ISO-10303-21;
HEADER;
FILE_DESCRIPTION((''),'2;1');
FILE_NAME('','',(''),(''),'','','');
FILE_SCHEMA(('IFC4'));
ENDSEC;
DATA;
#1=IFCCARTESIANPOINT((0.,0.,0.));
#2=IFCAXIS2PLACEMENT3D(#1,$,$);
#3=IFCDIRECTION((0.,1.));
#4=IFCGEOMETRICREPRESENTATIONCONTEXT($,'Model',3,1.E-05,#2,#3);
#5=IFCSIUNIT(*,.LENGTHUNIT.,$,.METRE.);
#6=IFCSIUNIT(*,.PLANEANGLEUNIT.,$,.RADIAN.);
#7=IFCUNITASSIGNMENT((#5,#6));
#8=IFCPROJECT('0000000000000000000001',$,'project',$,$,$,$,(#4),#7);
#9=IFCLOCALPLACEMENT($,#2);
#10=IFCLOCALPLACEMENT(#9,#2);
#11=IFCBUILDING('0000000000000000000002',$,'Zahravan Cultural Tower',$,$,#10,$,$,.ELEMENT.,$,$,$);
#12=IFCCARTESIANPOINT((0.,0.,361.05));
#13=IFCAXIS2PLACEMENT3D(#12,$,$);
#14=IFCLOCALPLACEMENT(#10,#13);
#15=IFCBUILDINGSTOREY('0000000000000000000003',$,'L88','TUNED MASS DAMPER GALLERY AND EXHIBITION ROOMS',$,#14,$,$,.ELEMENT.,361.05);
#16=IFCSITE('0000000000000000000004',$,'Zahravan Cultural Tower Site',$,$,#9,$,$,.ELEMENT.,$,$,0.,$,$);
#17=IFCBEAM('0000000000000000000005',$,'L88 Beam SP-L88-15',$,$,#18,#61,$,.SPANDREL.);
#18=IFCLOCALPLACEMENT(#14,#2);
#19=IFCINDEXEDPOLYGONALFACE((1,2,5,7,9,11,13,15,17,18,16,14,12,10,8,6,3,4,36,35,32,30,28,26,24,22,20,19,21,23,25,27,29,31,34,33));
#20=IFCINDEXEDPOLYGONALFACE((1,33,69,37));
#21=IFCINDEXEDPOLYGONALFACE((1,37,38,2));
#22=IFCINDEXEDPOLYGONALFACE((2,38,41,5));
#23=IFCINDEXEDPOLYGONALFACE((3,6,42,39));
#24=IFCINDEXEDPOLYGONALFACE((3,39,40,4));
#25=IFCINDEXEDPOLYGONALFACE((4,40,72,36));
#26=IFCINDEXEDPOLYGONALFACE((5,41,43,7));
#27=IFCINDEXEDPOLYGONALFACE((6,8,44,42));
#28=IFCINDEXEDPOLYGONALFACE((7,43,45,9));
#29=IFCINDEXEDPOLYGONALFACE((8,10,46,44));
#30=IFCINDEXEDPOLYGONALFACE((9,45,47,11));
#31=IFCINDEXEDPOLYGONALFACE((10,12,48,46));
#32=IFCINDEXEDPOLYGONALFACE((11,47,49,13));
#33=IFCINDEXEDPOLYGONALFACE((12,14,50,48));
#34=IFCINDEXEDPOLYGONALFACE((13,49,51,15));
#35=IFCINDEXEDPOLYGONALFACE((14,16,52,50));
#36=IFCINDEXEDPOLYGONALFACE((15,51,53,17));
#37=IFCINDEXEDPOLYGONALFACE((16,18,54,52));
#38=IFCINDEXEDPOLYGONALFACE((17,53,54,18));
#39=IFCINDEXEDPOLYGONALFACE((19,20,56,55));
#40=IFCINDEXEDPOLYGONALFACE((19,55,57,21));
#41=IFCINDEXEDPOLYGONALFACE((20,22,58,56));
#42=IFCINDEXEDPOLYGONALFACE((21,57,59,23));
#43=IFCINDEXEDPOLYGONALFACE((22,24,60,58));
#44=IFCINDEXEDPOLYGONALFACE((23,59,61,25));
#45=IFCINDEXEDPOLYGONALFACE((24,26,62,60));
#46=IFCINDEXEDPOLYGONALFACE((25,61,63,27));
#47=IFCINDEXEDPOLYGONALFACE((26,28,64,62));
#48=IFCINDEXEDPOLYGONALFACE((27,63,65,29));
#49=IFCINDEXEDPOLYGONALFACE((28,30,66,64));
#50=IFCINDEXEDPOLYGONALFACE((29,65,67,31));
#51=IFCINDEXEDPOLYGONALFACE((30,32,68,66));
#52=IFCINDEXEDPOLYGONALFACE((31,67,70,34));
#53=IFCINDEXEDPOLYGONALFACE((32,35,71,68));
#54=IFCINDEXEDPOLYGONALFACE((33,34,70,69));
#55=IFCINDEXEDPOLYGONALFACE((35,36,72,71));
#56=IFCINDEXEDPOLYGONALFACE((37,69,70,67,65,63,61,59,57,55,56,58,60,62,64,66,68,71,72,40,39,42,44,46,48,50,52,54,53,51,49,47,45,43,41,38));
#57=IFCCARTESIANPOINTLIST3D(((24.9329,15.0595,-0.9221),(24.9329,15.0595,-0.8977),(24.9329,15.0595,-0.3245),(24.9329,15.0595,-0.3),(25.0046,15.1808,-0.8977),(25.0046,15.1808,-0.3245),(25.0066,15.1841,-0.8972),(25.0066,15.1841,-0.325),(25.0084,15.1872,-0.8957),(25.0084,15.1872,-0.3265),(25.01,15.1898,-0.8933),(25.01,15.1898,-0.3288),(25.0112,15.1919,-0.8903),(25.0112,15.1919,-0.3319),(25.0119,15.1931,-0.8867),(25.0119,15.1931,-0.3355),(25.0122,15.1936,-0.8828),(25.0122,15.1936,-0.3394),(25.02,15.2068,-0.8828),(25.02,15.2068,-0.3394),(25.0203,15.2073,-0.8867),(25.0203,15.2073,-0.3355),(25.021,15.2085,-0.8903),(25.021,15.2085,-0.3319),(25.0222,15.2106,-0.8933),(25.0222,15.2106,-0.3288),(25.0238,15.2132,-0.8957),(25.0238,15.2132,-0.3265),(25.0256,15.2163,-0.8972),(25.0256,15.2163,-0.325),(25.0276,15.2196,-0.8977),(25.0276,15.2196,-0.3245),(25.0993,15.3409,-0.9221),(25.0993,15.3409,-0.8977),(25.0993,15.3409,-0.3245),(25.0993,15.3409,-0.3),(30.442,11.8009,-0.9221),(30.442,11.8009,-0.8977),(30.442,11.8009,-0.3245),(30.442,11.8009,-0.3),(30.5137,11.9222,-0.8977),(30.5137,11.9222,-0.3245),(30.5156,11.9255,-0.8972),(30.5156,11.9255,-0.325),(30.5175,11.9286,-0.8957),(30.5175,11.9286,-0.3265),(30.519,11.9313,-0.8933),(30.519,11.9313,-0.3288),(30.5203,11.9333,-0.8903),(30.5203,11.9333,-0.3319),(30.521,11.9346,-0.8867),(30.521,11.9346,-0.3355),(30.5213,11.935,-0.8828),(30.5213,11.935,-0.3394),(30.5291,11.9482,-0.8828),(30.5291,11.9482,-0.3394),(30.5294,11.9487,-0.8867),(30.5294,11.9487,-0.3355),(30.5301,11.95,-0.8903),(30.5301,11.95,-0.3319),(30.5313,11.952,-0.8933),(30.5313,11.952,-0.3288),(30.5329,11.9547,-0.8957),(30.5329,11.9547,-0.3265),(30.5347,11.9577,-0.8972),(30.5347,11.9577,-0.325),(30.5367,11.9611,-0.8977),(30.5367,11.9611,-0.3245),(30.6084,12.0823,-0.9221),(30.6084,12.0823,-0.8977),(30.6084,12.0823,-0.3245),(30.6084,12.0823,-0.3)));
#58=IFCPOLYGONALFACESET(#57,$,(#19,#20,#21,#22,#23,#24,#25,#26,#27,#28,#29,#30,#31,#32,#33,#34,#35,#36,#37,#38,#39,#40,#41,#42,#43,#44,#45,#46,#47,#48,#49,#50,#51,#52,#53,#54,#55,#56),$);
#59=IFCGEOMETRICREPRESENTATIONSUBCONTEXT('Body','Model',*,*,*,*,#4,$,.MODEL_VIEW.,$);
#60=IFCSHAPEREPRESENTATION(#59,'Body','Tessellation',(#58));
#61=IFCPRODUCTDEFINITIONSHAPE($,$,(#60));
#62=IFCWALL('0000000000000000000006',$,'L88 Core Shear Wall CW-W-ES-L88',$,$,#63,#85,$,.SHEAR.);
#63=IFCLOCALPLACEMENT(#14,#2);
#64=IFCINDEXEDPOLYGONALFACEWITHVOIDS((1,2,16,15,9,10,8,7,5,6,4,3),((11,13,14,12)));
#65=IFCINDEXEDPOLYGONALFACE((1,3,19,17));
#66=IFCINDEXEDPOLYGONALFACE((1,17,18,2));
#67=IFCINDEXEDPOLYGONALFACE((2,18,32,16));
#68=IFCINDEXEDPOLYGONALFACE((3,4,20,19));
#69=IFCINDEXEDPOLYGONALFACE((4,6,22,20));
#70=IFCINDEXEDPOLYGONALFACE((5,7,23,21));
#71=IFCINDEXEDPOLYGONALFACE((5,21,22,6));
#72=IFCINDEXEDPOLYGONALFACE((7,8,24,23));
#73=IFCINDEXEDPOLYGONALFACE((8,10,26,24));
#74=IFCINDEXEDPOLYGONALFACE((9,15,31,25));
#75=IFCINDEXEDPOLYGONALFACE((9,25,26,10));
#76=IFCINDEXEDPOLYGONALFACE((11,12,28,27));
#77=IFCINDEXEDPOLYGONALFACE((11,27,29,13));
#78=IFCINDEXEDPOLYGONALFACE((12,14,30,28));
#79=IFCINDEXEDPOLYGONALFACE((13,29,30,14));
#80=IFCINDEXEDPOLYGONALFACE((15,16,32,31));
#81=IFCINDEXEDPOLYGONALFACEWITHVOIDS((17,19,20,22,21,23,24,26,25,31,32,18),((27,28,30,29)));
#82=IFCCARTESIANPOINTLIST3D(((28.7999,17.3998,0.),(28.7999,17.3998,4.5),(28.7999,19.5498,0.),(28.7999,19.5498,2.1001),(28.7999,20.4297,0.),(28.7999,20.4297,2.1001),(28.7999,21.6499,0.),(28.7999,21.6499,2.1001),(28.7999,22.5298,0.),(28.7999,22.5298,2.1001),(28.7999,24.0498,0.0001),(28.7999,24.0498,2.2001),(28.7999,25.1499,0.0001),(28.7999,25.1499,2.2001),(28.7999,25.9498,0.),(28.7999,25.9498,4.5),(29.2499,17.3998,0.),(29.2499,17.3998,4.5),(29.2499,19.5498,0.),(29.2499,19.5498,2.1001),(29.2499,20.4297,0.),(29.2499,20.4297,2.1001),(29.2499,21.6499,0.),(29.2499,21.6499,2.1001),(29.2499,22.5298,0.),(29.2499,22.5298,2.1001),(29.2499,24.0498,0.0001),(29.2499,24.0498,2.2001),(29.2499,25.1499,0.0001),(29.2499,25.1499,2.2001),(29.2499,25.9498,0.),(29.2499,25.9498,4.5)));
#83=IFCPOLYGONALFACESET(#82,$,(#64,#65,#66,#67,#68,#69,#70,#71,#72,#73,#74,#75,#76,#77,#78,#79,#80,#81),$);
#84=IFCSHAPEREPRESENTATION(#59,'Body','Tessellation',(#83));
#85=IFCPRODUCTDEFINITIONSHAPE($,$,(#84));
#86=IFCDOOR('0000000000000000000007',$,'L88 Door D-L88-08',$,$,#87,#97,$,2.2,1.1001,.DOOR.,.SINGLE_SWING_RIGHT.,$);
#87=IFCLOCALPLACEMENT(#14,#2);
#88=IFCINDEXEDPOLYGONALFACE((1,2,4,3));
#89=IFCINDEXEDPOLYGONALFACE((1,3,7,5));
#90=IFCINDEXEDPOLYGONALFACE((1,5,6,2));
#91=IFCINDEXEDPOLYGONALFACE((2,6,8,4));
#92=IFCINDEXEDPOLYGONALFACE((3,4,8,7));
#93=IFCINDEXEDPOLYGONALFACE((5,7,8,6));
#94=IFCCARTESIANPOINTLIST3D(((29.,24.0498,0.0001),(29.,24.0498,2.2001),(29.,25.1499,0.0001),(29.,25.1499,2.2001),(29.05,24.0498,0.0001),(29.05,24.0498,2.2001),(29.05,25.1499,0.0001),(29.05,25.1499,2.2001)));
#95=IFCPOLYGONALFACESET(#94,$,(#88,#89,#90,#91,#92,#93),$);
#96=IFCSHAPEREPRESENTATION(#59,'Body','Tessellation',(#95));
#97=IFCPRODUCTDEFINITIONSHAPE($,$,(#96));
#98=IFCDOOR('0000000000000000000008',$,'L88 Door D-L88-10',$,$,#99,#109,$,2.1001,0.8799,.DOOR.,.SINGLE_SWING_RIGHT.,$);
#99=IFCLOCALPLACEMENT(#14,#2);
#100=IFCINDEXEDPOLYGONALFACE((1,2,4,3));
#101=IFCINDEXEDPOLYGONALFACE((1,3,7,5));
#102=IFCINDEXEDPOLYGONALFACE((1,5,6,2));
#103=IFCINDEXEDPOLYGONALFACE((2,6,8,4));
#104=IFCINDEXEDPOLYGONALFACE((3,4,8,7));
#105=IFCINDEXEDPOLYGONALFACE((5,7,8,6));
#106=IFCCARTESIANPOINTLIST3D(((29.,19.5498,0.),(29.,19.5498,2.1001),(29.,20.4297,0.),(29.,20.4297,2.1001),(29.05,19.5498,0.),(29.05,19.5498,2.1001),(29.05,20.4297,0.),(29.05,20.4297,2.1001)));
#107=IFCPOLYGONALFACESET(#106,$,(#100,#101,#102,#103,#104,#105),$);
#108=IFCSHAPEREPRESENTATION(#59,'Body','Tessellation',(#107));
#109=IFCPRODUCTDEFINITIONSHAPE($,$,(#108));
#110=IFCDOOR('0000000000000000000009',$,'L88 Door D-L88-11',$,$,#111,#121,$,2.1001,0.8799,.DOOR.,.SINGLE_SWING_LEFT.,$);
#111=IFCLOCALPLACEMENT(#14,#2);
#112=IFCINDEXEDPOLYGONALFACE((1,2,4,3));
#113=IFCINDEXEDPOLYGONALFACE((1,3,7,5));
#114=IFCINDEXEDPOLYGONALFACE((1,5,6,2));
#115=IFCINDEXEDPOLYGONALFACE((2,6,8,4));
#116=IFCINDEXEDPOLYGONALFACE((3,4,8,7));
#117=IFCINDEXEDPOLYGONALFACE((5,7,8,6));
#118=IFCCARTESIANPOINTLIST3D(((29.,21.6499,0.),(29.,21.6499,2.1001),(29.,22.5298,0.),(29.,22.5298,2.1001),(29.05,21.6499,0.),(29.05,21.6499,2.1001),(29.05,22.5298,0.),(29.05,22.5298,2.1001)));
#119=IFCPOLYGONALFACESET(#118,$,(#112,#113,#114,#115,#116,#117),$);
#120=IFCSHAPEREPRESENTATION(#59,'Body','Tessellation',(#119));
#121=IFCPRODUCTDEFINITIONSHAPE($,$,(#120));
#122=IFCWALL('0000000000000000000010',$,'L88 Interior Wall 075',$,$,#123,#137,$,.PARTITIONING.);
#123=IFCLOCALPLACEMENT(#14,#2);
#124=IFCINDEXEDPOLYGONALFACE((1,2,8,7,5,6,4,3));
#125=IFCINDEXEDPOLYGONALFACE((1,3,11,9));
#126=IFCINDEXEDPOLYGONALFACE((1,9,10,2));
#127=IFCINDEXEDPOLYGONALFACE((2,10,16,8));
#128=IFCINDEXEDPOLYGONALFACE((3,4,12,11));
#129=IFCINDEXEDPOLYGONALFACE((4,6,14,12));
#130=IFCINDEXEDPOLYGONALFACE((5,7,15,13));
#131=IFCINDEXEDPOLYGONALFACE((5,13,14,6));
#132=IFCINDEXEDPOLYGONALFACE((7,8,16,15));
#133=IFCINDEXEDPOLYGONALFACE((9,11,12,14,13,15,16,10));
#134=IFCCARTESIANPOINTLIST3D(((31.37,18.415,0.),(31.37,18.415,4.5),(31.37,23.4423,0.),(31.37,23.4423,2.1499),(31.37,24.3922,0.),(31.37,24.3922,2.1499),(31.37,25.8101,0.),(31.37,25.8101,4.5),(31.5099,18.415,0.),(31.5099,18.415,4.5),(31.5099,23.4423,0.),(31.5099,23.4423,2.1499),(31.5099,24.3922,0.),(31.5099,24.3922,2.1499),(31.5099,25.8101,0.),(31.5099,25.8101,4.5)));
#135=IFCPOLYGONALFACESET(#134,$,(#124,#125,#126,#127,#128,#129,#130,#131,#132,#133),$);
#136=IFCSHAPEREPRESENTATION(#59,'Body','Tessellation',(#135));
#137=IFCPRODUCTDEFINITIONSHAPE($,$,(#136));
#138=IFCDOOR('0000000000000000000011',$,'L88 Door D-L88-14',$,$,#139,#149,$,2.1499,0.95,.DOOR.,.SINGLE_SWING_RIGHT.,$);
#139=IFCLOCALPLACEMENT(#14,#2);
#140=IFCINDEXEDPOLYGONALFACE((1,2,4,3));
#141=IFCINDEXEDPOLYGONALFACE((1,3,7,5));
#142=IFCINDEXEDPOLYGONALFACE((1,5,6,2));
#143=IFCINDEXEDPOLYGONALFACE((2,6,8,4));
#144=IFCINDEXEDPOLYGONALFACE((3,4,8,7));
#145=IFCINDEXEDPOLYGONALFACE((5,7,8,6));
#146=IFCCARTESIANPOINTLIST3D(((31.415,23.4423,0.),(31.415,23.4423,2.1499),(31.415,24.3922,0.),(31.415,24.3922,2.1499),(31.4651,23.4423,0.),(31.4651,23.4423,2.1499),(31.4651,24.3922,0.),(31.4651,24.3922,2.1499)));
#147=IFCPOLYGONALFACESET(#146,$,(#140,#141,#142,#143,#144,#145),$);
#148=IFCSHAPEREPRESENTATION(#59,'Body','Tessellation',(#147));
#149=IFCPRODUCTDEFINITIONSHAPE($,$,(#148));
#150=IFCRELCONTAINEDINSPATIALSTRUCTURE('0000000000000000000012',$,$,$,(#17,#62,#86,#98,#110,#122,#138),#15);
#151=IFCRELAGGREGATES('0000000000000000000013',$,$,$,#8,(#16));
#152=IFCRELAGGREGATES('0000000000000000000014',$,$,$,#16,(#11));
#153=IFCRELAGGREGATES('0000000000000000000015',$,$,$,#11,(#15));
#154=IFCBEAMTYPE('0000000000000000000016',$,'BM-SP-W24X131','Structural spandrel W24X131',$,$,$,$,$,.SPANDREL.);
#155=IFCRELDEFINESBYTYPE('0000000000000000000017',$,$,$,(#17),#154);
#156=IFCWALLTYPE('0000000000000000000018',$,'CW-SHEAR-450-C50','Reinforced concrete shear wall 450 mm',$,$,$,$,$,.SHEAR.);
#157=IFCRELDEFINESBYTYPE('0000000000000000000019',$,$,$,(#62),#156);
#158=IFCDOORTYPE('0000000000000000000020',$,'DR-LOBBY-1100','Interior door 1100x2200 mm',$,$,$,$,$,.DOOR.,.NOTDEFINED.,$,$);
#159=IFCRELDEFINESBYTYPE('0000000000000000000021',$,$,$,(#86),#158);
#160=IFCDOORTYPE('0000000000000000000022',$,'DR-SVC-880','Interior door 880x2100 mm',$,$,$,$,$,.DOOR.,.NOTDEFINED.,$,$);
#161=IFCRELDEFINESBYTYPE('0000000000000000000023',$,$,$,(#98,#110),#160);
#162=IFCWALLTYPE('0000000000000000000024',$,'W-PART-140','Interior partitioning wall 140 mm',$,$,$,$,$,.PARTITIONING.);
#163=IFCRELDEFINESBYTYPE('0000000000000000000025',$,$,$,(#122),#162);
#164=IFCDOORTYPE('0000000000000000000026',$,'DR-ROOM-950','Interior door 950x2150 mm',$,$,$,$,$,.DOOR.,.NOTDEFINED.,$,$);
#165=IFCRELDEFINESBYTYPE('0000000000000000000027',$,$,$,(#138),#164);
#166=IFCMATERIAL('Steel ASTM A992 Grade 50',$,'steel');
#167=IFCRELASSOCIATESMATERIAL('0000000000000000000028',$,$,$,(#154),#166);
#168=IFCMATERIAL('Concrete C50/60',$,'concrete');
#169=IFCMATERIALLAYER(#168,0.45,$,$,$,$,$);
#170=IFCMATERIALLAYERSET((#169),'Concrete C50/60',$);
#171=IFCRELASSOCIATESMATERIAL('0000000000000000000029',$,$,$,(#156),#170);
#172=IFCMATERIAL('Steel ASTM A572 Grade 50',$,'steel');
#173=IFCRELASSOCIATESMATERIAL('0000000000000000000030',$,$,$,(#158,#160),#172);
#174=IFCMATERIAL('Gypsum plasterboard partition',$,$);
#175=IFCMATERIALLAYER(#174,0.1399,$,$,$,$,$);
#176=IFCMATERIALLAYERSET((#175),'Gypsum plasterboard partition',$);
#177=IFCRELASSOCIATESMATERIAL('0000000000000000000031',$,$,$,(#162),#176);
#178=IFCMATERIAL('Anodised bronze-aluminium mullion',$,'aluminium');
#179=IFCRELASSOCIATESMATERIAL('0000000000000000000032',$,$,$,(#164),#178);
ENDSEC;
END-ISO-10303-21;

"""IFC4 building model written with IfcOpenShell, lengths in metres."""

from ifc_helpers import new_model, si_unit, direction, frame, frame_2d, origin, origin_2d, place, context, subcontext, project, spatial, rectangle, i_section, extrude, source, transform, mapped, material, layer, layer_set, material_profile, profile_set, type_object, element, fill, save


model = new_model("IFC4")

# Units and contexts
model_context = context("Model", 3, precision=1e-05, world=origin(), true_north=direction((0.0, 1.0)))
body_context = subcontext(model_context, "Body", "Model", "MODEL_VIEW")
ifc_project = project(units=[si_unit("LENGTHUNIT", "METRE"), si_unit("PLANEANGLEUNIT", "RADIAN")], contexts=[model_context])

# Site, building, storey
site_placement = place(None, origin())
site = spatial("IfcSite", under=ifc_project, at=site_placement, Name="Zahravan Cultural Tower Site", CompositionType="ELEMENT", RefElevation=0.0)
building_placement = place(site_placement, origin())
building = spatial("IfcBuilding", under=site, at=building_placement, Name="Zahravan Cultural Tower", CompositionType="ELEMENT")
storey_placement = place(building_placement, frame((0.0, 0.0, 361.05)))
storey = spatial("IfcBuildingStorey", under=building, at=storey_placement, Name="L88", Description="TUNED MASS DAMPER GALLERY AND EXHIBITION ROOMS", CompositionType="ELEMENT", Elevation=361.05)

# Shared definitions
ifc_material_1 = material(Name="Concrete C50/60", Category="concrete")
ifc_material_2 = material(Name="Steel ASTM A992 Grade 50", Category="steel")

# Beam
ifc_material_profile_1 = material_profile(ifc_material_2, i_section(OverallWidth=0.3269, OverallDepth=0.6221, WebThickness=0.0154, FlangeThickness=0.0244, FilletRadius=0.0149, at=origin_2d()), Name="W24X131")
ifc_profile_set_1 = profile_set([ifc_material_profile_1], Name="Steel ASTM A992 Grade 50")
beam_type_1 = type_object("IfcBeamType", Name="BM-SP-W24X131", Description="Structural spandrel W24X131", PredefinedType="SPANDREL", material=ifc_profile_set_1)
shared_shape_1 = source(origin(), body_context, "Body", "SweptSolid", [
    extrude(i_section(OverallWidth=0.3269, OverallDepth=0.6221, WebThickness=0.0154, FlangeThickness=0.0244, FilletRadius=0.0149, at=origin_2d()), origin(), (0.0, 0.0, 1.0), 6.4006),
])
beam_1_placement = place(storey_placement, frame((25.0161, 15.2002, -0.6111), z_axis=(0.860707, -0.509101, 0.0), x_axis=(0.509101, 0.860707, 0.0)))
element("IfcBeam", 1, at=beam_1_placement, inside=storey, type_object=beam_type_1, Name="L88 Beam SP-L88-15", PredefinedType="SPANDREL", context=body_context, shape_type="MappedRepresentation", body=[
    mapped(shared_shape_1, transform((0.0, 0.0, 0.0), x_axis=(1.0, 0.0, 0.0), y_axis=(0.0, 1.0, 0.0), z_axis=(0.0, 0.0, 1.0), scale=1.0)),
])

# Wall, openings, doors
ifc_layer_1 = layer(ifc_material_1, 0.45)
ifc_layer_set_1 = layer_set([ifc_layer_1], Name="Concrete C50/60")
wall_type_1 = type_object("IfcWallType", Name="CW-SHEAR-450-C50", Description="Reinforced concrete shear wall 450 mm", PredefinedType="SHEAR", material=ifc_layer_set_1)
wall_1_placement = place(storey_placement, frame((29.0249, 17.3999, 0.0), z_axis=(0.0, 0.0, 1.0), x_axis=(0.0, 1.0, 0.0)))
wall_1 = element("IfcWall", 2, at=wall_1_placement, inside=storey, type_object=wall_type_1, Name="L88 Core Shear Wall CW-W-ES-L88", PredefinedType="SHEAR", context=body_context, shape_type="SweptSolid", body=[
    extrude(rectangle(XDim=8.55, YDim=0.45, at=frame_2d((4.2749, 0.0))), origin(), (0.0, 0.0, 1.0), 4.5),
])
opening_1_placement = place(wall_1_placement, frame((6.6499, 0.0, 0.0)))
opening_1 = element("IfcOpeningElement", 3, at=opening_1_placement, cuts=wall_1, PredefinedType="OPENING", context=body_context, shape_type="SweptSolid", body=[
    extrude(rectangle(XDim=1.1001, YDim=2.2, at=frame_2d((0.55, 1.1001))), frame((0.0, 0.2349, 0.0), z_axis=(0.0, -1.0, 0.0), x_axis=(1.0, 0.0, 0.0)), (0.0, 0.0, 1.0), 0.47),
])
opening_2_placement = place(wall_1_placement, frame((2.1499, 0.0, 0.0)))
opening_2 = element("IfcOpeningElement", 4, at=opening_2_placement, cuts=wall_1, PredefinedType="OPENING", context=body_context, shape_type="SweptSolid", body=[
    extrude(rectangle(XDim=0.8799, YDim=2.1001, at=frame_2d((0.4399, 1.05))), frame((0.0, 0.2349, 0.0), z_axis=(0.0, -1.0, 0.0), x_axis=(1.0, 0.0, 0.0)), (0.0, 0.0, 1.0), 0.47),
])
opening_3_placement = place(wall_1_placement, frame((4.25, 0.0, 0.0)))
opening_3 = element("IfcOpeningElement", 5, at=opening_3_placement, cuts=wall_1, PredefinedType="OPENING", context=body_context, shape_type="SweptSolid", body=[
    extrude(rectangle(XDim=0.8799, YDim=2.1001, at=frame_2d((0.4399, 1.05))), frame((0.0, 0.2349, 0.0), z_axis=(0.0, -1.0, 0.0), x_axis=(1.0, 0.0, 0.0)), (0.0, 0.0, 1.0), 0.47),
])
ifc_material_3 = material(Name="Steel ASTM A572 Grade 50", Category="steel")
door_type_1 = type_object("IfcDoorType", Name="DR-LOBBY-1100", Description="Interior door 1100x2200 mm", OperationType="NOTDEFINED", PredefinedType="DOOR", material=ifc_material_3)
shared_shape_2 = source(origin(), body_context, "Body", "SweptSolid", [
    extrude(rectangle(XDim=1.1001, YDim=2.2, at=frame_2d((0.55, 1.1001))), frame((0.0, 0.0249, 0.0), z_axis=(0.0, -1.0, 0.0), x_axis=(1.0, 0.0, 0.0)), (0.0, 0.0, 1.0), 0.05),
])
door_1_placement = place(opening_1_placement, origin())
door_1 = element("IfcDoor", 6, at=door_1_placement, inside=storey, type_object=door_type_1, Name="L88 Door D-L88-08", OperationType="SINGLE_SWING_RIGHT", OverallHeight=2.2, OverallWidth=1.1001, PredefinedType="DOOR", context=body_context, shape_type="MappedRepresentation", body=[
    mapped(shared_shape_2, transform((0.0, 0.0, 0.0), x_axis=(1.0, 0.0, 0.0), y_axis=(0.0, 1.0, 0.0), z_axis=(0.0, 0.0, 1.0), scale=1.0)),
])
fill(opening_1, door_1)
door_type_2 = type_object("IfcDoorType", Name="DR-SVC-880", Description="Interior door 880x2100 mm", OperationType="NOTDEFINED", PredefinedType="DOOR", material=ifc_material_3)
shared_shape_3 = source(origin(), body_context, "Body", "SweptSolid", [
    extrude(rectangle(XDim=0.8799, YDim=2.1001, at=frame_2d((0.4399, 1.05))), frame((0.0, 0.0249, 0.0), z_axis=(0.0, -1.0, 0.0), x_axis=(1.0, 0.0, 0.0)), (0.0, 0.0, 1.0), 0.05),
])
door_2_placement = place(opening_2_placement, origin())
door_2 = element("IfcDoor", 7, at=door_2_placement, inside=storey, type_object=door_type_2, Name="L88 Door D-L88-10", OperationType="SINGLE_SWING_RIGHT", OverallHeight=2.1001, OverallWidth=0.8799, PredefinedType="DOOR", context=body_context, shape_type="MappedRepresentation", body=[
    mapped(shared_shape_3, transform((0.0, 0.0, 0.0), x_axis=(1.0, 0.0, 0.0), y_axis=(0.0, 1.0, 0.0), z_axis=(0.0, 0.0, 1.0), scale=1.0)),
])
fill(opening_2, door_2)
door_3_placement = place(opening_3_placement, origin())
door_3 = element("IfcDoor", 8, at=door_3_placement, inside=storey, type_object=door_type_2, Name="L88 Door D-L88-11", OperationType="SINGLE_SWING_LEFT", OverallHeight=2.1001, OverallWidth=0.8799, PredefinedType="DOOR", context=body_context, shape_type="MappedRepresentation", body=[
    mapped(shared_shape_3, transform((0.0, 0.0, 0.0), x_axis=(1.0, 0.0, 0.0), y_axis=(0.0, 1.0, 0.0), z_axis=(0.0, 0.0, 1.0), scale=1.0)),
])
fill(opening_3, door_3)

# Wall, opening, door
ifc_material_4 = material(Name="Gypsum plasterboard partition")
ifc_layer_2 = layer(ifc_material_4, 0.1399)
ifc_layer_set_2 = layer_set([ifc_layer_2], Name="Gypsum plasterboard partition")
wall_type_2 = type_object("IfcWallType", Name="W-PART-140", Description="Interior partitioning wall 140 mm", PredefinedType="PARTITIONING", material=ifc_layer_set_2)
wall_2_placement = place(storey_placement, frame((31.4399, 18.415, 0.0), z_axis=(0.0, 0.0, 1.0), x_axis=(0.0, 1.0, 0.0)))
wall_2 = element("IfcWall", 9, at=wall_2_placement, inside=storey, type_object=wall_type_2, Name="L88 Interior Wall 075", PredefinedType="PARTITIONING", context=body_context, shape_type="SweptSolid", body=[
    extrude(rectangle(XDim=7.395, YDim=0.1399, at=frame_2d((3.6975, 0.0))), origin(), (0.0, 0.0, 1.0), 4.5),
])
opening_4_placement = place(wall_2_placement, frame((5.0271, 0.0, 0.0)))
opening_4 = element("IfcOpeningElement", 10, at=opening_4_placement, cuts=wall_2, PredefinedType="OPENING", context=body_context, shape_type="SweptSolid", body=[
    extrude(rectangle(XDim=0.95, YDim=2.1499, at=frame_2d((0.4751, 1.075))), frame((0.0, 0.0798, 0.0), z_axis=(0.0, -1.0, 0.0), x_axis=(1.0, 0.0, 0.0)), (0.0, 0.0, 1.0), 0.1599),
])
ifc_material_5 = material(Name="Anodised bronze-aluminium mullion", Category="aluminium")
door_type_3 = type_object("IfcDoorType", Name="DR-ROOM-950", Description="Interior door 950x2150 mm", OperationType="NOTDEFINED", PredefinedType="DOOR", material=ifc_material_5)
shared_shape_4 = source(origin(), body_context, "Body", "SweptSolid", [
    extrude(rectangle(XDim=0.95, YDim=2.1499, at=frame_2d((0.4751, 1.075))), frame((0.0, 0.0249, 0.0), z_axis=(0.0, -1.0, 0.0), x_axis=(1.0, 0.0, 0.0)), (0.0, 0.0, 1.0), 0.05),
])
door_4_placement = place(opening_4_placement, origin())
door_4 = element("IfcDoor", 11, at=door_4_placement, inside=storey, type_object=door_type_3, Name="L88 Door D-L88-14", OperationType="SINGLE_SWING_RIGHT", OverallHeight=2.1499, OverallWidth=0.95, PredefinedType="DOOR", context=body_context, shape_type="MappedRepresentation", body=[
    mapped(shared_shape_4, transform((0.0, 0.0, 0.0), x_axis=(1.0, 0.0, 0.0), y_axis=(0.0, 1.0, 0.0), z_axis=(0.0, 0.0, 1.0), scale=1.0)),
])
fill(opening_4, door_4)

save(model, "model.ifc")
